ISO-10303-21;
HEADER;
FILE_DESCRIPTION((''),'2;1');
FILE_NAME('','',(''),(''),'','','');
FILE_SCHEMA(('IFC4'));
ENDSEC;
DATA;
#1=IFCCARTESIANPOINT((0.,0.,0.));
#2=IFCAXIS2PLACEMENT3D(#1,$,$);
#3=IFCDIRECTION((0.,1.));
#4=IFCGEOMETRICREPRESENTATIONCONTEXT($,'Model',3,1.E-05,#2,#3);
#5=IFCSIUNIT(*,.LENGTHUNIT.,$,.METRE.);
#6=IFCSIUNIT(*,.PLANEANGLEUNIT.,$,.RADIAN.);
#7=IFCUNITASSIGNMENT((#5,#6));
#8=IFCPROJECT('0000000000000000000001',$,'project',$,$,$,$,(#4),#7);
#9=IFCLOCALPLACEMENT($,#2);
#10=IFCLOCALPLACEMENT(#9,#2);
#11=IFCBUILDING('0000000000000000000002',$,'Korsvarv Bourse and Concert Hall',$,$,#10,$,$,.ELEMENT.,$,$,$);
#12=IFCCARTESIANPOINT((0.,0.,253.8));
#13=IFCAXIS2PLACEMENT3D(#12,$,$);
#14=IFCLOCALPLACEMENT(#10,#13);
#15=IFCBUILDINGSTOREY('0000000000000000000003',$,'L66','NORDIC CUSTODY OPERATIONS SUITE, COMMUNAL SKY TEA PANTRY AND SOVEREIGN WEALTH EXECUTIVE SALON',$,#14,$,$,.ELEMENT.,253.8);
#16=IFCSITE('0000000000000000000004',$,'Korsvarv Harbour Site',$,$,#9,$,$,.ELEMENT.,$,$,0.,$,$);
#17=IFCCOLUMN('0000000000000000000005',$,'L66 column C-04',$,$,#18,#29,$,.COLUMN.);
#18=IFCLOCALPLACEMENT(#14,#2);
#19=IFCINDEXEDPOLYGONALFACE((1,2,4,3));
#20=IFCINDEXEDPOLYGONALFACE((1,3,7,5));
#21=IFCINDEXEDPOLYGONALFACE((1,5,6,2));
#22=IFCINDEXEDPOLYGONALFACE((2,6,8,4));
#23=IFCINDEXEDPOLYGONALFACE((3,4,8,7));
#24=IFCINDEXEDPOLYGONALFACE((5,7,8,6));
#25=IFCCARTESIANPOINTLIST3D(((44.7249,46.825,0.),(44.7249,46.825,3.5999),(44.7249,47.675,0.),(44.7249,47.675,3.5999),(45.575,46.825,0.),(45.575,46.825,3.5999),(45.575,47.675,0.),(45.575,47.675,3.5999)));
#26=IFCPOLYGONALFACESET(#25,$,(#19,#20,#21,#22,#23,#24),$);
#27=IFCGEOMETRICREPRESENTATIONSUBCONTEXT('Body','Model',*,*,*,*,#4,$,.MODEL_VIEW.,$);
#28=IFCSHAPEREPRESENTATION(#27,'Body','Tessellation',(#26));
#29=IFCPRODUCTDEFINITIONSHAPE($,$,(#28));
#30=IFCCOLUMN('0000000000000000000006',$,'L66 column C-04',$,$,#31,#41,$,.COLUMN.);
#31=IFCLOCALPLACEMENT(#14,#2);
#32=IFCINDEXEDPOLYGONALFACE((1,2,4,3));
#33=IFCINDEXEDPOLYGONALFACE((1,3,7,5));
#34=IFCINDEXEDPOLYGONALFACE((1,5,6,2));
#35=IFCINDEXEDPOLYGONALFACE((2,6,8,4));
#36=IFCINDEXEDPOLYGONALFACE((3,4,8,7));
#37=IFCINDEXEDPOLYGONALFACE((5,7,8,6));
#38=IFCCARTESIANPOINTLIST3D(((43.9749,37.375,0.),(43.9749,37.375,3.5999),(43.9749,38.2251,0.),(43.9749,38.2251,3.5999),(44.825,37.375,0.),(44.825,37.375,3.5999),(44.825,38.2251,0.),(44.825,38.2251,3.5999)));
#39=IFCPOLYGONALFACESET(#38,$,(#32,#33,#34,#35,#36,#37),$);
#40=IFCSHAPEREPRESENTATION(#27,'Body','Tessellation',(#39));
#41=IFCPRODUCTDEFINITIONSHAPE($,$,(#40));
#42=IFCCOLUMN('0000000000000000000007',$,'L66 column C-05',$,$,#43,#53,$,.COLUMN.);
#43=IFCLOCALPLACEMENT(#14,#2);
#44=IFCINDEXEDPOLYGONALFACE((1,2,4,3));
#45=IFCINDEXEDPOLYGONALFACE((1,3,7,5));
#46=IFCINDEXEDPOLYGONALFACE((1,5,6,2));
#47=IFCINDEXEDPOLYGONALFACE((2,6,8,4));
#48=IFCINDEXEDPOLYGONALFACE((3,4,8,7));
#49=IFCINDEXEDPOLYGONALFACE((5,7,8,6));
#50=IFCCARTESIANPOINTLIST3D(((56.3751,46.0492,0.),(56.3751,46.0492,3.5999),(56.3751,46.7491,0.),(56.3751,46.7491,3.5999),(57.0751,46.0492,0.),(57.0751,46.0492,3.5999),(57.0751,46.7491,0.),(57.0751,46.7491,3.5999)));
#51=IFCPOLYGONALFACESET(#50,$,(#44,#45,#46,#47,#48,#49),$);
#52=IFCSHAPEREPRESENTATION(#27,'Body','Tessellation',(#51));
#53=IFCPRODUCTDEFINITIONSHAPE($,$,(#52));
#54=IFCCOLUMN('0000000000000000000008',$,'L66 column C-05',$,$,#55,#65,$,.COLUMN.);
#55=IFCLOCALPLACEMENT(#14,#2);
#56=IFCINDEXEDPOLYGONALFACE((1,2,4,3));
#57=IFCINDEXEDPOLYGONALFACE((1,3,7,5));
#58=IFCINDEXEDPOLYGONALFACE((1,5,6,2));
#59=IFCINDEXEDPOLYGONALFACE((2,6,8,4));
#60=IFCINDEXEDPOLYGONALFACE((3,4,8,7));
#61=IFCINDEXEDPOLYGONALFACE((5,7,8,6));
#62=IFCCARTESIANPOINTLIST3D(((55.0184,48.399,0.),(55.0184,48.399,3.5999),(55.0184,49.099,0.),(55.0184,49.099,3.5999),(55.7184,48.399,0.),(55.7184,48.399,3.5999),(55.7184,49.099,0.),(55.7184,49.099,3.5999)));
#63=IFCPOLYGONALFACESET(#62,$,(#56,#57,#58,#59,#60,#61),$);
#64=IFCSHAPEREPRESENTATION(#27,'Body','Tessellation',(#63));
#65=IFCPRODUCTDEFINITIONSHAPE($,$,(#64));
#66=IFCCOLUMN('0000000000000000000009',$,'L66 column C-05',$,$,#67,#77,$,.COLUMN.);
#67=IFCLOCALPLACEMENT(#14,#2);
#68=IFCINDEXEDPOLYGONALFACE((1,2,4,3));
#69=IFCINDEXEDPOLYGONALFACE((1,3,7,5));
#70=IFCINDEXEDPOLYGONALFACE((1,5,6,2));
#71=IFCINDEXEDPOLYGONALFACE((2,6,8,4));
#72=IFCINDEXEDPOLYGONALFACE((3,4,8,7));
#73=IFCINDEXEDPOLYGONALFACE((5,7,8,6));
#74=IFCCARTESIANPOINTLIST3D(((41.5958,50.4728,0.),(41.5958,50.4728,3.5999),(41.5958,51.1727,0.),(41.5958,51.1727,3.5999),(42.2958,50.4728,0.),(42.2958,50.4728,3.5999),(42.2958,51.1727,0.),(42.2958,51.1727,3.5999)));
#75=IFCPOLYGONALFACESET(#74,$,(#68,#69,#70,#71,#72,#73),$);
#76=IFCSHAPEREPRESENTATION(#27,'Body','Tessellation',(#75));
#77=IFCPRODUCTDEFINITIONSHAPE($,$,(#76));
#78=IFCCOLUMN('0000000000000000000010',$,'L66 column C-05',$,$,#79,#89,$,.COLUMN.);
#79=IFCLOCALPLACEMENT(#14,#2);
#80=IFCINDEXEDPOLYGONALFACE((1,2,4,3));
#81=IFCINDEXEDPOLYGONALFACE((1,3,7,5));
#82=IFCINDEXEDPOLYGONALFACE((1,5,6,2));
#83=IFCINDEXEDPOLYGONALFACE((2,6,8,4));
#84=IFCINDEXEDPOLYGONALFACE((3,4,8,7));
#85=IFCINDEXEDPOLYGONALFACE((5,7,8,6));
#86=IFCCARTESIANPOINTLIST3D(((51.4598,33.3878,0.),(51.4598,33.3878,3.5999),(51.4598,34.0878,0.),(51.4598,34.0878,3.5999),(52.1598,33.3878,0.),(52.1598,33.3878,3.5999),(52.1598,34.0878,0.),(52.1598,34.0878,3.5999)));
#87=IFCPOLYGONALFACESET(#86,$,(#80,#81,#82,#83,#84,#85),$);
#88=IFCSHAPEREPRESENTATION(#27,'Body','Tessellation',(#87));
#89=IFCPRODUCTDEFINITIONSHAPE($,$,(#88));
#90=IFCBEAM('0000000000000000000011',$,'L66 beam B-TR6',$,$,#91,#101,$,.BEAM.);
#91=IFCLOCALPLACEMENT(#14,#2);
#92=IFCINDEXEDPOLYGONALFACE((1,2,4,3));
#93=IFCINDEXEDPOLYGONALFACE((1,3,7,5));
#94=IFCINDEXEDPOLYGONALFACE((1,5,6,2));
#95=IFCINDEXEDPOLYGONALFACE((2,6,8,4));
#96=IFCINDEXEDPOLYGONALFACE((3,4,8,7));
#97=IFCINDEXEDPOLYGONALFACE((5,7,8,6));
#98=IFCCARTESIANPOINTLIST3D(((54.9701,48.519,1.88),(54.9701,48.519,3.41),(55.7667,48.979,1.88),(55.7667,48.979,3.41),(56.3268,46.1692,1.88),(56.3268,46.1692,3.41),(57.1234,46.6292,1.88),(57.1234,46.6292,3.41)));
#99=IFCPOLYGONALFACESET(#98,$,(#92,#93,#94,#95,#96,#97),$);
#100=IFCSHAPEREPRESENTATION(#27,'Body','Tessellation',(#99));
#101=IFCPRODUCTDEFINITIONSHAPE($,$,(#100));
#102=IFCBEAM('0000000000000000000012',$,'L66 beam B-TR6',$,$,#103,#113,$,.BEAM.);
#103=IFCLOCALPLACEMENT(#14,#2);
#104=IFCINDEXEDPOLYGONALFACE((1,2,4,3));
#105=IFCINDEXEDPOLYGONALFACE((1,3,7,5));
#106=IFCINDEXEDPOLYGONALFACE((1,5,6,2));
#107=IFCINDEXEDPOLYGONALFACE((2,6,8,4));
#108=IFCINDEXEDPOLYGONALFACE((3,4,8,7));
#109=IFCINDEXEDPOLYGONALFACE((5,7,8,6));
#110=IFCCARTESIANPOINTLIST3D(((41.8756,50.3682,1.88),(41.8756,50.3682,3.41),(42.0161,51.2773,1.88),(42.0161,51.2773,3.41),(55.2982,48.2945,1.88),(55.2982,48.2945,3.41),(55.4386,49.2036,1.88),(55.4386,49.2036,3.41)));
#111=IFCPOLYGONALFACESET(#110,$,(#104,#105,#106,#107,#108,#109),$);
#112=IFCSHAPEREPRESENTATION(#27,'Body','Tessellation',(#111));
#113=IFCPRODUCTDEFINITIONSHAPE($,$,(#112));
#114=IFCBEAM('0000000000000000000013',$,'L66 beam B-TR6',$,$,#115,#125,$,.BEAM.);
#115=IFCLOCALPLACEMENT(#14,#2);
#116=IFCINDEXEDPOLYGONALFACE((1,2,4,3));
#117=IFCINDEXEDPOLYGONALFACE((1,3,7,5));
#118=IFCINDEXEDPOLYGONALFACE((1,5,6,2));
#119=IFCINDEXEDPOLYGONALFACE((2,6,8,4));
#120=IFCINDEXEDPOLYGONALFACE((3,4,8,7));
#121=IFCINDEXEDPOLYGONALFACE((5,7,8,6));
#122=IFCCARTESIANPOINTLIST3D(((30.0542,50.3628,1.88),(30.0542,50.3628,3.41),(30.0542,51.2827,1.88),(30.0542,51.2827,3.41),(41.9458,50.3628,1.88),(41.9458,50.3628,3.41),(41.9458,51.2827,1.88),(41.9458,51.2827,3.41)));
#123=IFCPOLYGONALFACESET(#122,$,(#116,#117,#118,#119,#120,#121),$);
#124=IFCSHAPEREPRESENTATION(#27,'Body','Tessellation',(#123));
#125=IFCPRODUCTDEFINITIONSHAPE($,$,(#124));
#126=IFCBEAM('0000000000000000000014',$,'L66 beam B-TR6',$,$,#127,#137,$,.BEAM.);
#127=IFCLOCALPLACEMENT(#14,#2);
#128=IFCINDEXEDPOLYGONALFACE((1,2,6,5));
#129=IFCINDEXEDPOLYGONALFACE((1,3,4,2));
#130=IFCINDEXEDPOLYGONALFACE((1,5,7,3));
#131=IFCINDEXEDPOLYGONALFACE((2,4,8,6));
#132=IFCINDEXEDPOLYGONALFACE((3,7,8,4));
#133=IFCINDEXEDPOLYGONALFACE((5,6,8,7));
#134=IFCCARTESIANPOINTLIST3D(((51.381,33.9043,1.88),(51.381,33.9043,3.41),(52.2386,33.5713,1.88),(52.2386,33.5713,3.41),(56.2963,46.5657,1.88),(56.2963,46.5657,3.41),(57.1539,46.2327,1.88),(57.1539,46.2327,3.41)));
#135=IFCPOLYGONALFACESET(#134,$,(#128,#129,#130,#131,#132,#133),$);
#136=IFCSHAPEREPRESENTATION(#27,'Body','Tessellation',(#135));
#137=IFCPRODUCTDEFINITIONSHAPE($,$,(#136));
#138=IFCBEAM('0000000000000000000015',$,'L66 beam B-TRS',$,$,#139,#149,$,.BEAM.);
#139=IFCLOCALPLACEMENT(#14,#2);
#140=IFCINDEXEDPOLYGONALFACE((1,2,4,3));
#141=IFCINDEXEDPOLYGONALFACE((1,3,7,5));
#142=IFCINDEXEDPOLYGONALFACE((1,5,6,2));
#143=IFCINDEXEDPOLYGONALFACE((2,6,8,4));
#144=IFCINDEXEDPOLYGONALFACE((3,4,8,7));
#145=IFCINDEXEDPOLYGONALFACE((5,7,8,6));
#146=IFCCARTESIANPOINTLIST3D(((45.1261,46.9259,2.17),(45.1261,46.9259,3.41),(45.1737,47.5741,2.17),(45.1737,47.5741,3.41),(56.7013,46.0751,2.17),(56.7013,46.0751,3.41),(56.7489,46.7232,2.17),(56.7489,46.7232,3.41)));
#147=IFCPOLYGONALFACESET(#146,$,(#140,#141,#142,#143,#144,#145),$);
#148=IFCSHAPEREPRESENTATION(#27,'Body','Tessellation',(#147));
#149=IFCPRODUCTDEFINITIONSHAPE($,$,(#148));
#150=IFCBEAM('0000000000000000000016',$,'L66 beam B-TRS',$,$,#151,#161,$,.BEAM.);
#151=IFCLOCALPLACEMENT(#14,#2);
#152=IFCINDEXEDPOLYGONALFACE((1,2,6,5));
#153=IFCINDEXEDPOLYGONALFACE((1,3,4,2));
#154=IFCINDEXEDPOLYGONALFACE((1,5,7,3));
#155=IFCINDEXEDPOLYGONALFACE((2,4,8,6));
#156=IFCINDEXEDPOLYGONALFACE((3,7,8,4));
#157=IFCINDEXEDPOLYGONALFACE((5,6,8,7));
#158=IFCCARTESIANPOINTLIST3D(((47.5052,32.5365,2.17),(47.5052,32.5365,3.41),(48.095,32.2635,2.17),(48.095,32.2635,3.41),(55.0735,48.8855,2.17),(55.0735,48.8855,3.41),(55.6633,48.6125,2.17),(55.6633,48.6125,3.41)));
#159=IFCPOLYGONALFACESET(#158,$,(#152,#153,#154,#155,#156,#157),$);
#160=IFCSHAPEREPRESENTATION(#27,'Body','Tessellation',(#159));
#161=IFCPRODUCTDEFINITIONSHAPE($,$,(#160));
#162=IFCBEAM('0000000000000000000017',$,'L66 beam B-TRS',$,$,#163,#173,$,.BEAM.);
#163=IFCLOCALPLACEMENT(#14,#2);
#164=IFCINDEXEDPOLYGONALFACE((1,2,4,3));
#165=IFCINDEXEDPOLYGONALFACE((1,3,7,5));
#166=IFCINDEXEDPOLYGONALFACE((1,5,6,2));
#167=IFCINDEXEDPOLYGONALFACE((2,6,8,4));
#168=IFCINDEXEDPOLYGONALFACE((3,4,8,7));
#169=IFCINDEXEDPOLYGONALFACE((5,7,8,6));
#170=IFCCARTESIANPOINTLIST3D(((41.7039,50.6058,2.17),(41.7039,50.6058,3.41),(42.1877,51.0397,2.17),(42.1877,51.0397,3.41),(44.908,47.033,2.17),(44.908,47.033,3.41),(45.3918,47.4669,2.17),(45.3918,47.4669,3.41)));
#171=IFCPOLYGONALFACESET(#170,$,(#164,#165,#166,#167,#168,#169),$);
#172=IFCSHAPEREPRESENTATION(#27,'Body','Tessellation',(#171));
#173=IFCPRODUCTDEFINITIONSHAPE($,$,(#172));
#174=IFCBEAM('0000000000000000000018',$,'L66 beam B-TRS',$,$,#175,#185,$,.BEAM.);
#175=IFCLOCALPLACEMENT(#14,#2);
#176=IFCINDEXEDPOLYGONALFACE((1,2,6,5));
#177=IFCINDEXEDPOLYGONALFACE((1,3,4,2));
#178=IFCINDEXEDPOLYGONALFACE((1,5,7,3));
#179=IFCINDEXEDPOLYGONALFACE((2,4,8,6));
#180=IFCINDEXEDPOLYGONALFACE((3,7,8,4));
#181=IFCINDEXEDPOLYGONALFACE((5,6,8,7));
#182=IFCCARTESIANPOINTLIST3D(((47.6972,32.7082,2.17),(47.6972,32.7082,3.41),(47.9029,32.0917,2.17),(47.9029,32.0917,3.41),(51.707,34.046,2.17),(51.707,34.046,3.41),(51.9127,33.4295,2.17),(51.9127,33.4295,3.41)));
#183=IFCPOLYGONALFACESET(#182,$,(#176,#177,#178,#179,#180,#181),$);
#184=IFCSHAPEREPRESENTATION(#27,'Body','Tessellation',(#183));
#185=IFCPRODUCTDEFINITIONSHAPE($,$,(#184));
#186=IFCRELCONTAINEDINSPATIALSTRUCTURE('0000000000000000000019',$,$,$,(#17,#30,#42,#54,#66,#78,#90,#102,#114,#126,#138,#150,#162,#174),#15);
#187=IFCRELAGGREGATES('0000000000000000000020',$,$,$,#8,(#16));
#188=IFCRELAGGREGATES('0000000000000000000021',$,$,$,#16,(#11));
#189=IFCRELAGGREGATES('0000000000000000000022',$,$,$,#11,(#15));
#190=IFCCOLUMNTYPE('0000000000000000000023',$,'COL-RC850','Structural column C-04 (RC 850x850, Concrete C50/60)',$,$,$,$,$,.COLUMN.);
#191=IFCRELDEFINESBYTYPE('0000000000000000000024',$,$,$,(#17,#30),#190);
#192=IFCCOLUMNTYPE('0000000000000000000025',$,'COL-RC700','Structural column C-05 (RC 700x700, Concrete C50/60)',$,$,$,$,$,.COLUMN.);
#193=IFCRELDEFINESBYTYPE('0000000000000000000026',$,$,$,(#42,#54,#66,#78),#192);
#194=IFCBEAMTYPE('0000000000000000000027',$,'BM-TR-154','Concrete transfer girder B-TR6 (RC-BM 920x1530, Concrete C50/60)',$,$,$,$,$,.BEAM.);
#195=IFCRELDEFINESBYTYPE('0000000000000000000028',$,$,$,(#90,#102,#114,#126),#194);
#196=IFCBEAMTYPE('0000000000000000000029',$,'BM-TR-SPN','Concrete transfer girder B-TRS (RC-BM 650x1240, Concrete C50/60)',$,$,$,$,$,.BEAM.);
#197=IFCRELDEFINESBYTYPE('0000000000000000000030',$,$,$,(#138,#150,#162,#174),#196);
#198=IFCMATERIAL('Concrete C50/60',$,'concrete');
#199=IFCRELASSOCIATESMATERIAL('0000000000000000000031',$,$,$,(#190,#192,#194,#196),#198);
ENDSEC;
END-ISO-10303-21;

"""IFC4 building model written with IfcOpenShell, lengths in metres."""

from ifc_helpers import new_model, si_unit, direction, frame, origin, origin_2d, place, context, subcontext, project, spatial, rectangle, extrude, source, transform, mapped, material, material_profile, profile_set, type_object, element, save


model = new_model("IFC4")

# Units and contexts
model_context = context("Model", 3, precision=1e-05, world=origin(), true_north=direction((0.0, 1.0)))
body_context = subcontext(model_context, "Body", "Model", "MODEL_VIEW")
ifc_project = project(units=[si_unit("LENGTHUNIT", "METRE"), si_unit("PLANEANGLEUNIT", "RADIAN")], contexts=[model_context])

# Site, building, storey
site_placement = place(None, origin())
site = spatial("IfcSite", under=ifc_project, at=site_placement, Name="Korsvarv Harbour Site", CompositionType="ELEMENT", RefElevation=0.0)
building_placement = place(site_placement, origin())
building = spatial("IfcBuilding", under=site, at=building_placement, Name="Korsvarv Bourse and Concert Hall", CompositionType="ELEMENT")
storey_placement = place(building_placement, frame((0.0, 0.0, 253.8)))
storey = spatial("IfcBuildingStorey", under=building, at=storey_placement, Name="L66", Description="NORDIC CUSTODY OPERATIONS SUITE, COMMUNAL SKY TEA PANTRY AND SOVEREIGN WEALTH EXECUTIVE SALON", CompositionType="ELEMENT", Elevation=253.8)

# Columns
ifc_material_1 = material(Name="Concrete C50/60", Category="concrete")
ifc_material_profile_1 = material_profile(ifc_material_1, rectangle(XDim=0.8501, YDim=0.8501, at=origin_2d()), Name="RC 850x850")
ifc_profile_set_1 = profile_set([ifc_material_profile_1], Name="Concrete C50/60")
column_type_1 = type_object("IfcColumnType", Name="COL-RC850", Description="Structural column C-04 (RC 850x850, Concrete C50/60)", PredefinedType="COLUMN", material=ifc_profile_set_1)
shared_shape_1 = source(origin(), body_context, "Body", "SweptSolid", [
    extrude(rectangle(XDim=0.8501, YDim=0.8501, at=origin_2d()), origin(), (0.0, 0.0, 1.0), 3.5999),
])
for number, where, z_axis, x_axis, name in (
    (1, (45.1499, 47.25, 0.0), (0.0, 0.0, 1.0), (1.0, 0.0, 0.0), "L66 column C-04"),
    (2, (44.3999, 37.8, 0.0), (0.0, 0.0, 1.0), (1.0, 0.0, 0.0), "L66 column C-04"),
):
    element("IfcColumn", number, at=place(storey_placement, frame(where, z_axis=z_axis, x_axis=x_axis)), inside=storey, type_object=column_type_1, Name=name, PredefinedType="COLUMN", context=body_context, shape_type="MappedRepresentation", body=[
        mapped(shared_shape_1, transform((0.0, 0.0, 0.0), scale=1.0)),
    ])
ifc_material_profile_2 = material_profile(ifc_material_1, rectangle(XDim=0.7, YDim=0.7, at=origin_2d()), Name="RC 700x700")
ifc_profile_set_2 = profile_set([ifc_material_profile_2], Name="Concrete C50/60")
column_type_2 = type_object("IfcColumnType", Name="COL-RC700", Description="Structural column C-05 (RC 700x700, Concrete C50/60)", PredefinedType="COLUMN", material=ifc_profile_set_2)
shared_shape_2 = source(origin(), body_context, "Body", "SweptSolid", [
    extrude(rectangle(XDim=0.7, YDim=0.7, at=origin_2d()), origin(), (0.0, 0.0, 1.0), 3.5999),
])
for number, where, z_axis, x_axis, name in (
    (3, (56.7251, 46.3992, 0.0), (0.0, 0.0, 1.0), (1.0, 0.0, 0.0), "L66 column C-05"),
    (4, (55.3684, 48.749, 0.0), (0.0, 0.0, 1.0), (1.0, 0.0, 0.0), "L66 column C-05"),
    (5, (41.9458, 50.8228, 0.0), (0.0, 0.0, 1.0), (1.0, 0.0, 0.0), "L66 column C-05"),
    (6, (51.8098, 33.7378, 0.0), (0.0, 0.0, 1.0), (1.0, 0.0, 0.0), "L66 column C-05"),
):
    element("IfcColumn", number, at=place(storey_placement, frame(where, z_axis=z_axis, x_axis=x_axis)), inside=storey, type_object=column_type_2, Name=name, PredefinedType="COLUMN", context=body_context, shape_type="MappedRepresentation", body=[
        mapped(shared_shape_2, transform((0.0, 0.0, 0.0), scale=1.0)),
    ])

# Beams
ifc_material_profile_3 = material_profile(ifc_material_1, rectangle(XDim=0.9199, YDim=1.53, at=origin_2d()), Name="RC-BM 920x1530")
ifc_profile_set_3 = profile_set([ifc_material_profile_3], Name="Concrete C50/60")
beam_type_1 = type_object("IfcBeamType", Name="BM-TR-154", Description="Concrete transfer girder B-TR6 (RC-BM 920x1530, Concrete C50/60)", PredefinedType="BEAM", material=ifc_profile_set_3)
shared_shape_3 = source(origin(), body_context, "Body", "SweptSolid", [
    extrude(rectangle(XDim=0.9199, YDim=1.53, at=origin_2d()), origin(), (0.0, 0.0, 1.0), 2.7134),
])
beam_1_placement = place(storey_placement, frame((56.7251, 46.3992, 2.645), z_axis=(-0.5, 0.866025, 0.0), x_axis=(-0.866025, -0.5, 0.0)))
element("IfcBeam", 7, at=beam_1_placement, inside=storey, type_object=beam_type_1, Name="L66 beam B-TR6", PredefinedType="BEAM", context=body_context, shape_type="MappedRepresentation", body=[
    mapped(shared_shape_3, transform((0.0, 0.0, 0.0), scale=1.0)),
])
shared_shape_4 = source(origin(), body_context, "Body", "SweptSolid", [
    extrude(rectangle(XDim=0.9199, YDim=1.53, at=origin_2d()), origin(), (0.0, 0.0, 1.0), 13.5818),
])
beam_2_placement = place(storey_placement, frame((55.3684, 48.749, 2.645), z_axis=(-0.988275, 0.152684, 0.0), x_axis=(-0.152684, -0.988275, 0.0)))
element("IfcBeam", 8, at=beam_2_placement, inside=storey, type_object=beam_type_1, Name="L66 beam B-TR6", PredefinedType="BEAM", context=body_context, shape_type="MappedRepresentation", body=[
    mapped(shared_shape_4, transform((0.0, 0.0, 0.0), scale=1.0)),
])
shared_shape_5 = source(origin(), body_context, "Body", "SweptSolid", [
    extrude(rectangle(XDim=0.9199, YDim=1.53, at=origin_2d()), origin(), (0.0, 0.0, 1.0), 11.8916),
])
beam_3_placement = place(storey_placement, frame((41.9458, 50.8228, 2.645), z_axis=(-1.0, 0.0, 0.0), x_axis=(0.0, -1.0, 0.0)))
element("IfcBeam", 9, at=beam_3_placement, inside=storey, type_object=beam_type_1, Name="L66 beam B-TR6", PredefinedType="BEAM", context=body_context, shape_type="MappedRepresentation", body=[
    mapped(shared_shape_5, transform((0.0, 0.0, 0.0), scale=1.0)),
])
shared_shape_6 = source(origin(), body_context, "Body", "SweptSolid", [
    extrude(rectangle(XDim=0.9199, YDim=1.53, at=origin_2d()), origin(), (0.0, 0.0, 1.0), 13.582),
])
beam_4_placement = place(storey_placement, frame((51.8098, 33.7378, 2.645), z_axis=(0.361897, 0.932218, 0.0), x_axis=(-0.932218, 0.361897, 0.0)))
element("IfcBeam", 10, at=beam_4_placement, inside=storey, type_object=beam_type_1, Name="L66 beam B-TR6", PredefinedType="BEAM", context=body_context, shape_type="MappedRepresentation", body=[
    mapped(shared_shape_6, transform((0.0, 0.0, 0.0), scale=1.0)),
])
ifc_material_profile_4 = material_profile(ifc_material_1, rectangle(XDim=0.6499, YDim=1.24, at=origin_2d()), Name="RC-BM 650x1240")
ifc_profile_set_4 = profile_set([ifc_material_profile_4], Name="Concrete C50/60")
beam_type_2 = type_object("IfcBeamType", Name="BM-TR-SPN", Description="Concrete transfer girder B-TRS (RC-BM 650x1240, Concrete C50/60)", PredefinedType="BEAM", material=ifc_profile_set_4)
shared_shape_7 = source(origin(), body_context, "Body", "SweptSolid", [
    extrude(rectangle(XDim=0.6499, YDim=1.24, at=origin_2d()), origin(), (0.0, 0.0, 1.0), 11.6064),
])
beam_5_placement = place(storey_placement, frame((56.7251, 46.3992, 2.79), z_axis=(-0.997309, 0.073307, 0.0), x_axis=(-0.073307, -0.997309, 0.0)))
element("IfcBeam", 11, at=beam_5_placement, inside=storey, type_object=beam_type_2, Name="L66 beam B-TRS", PredefinedType="BEAM", context=body_context, shape_type="MappedRepresentation", body=[
    mapped(shared_shape_7, transform((0.0, 0.0, 0.0), scale=1.0)),
])
shared_shape_8 = source(origin(), body_context, "Body", "SweptSolid", [
    extrude(rectangle(XDim=0.6499, YDim=1.24, at=origin_2d()), origin(), (0.0, 0.0, 1.0), 18.0159),
])
beam_6_placement = place(storey_placement, frame((55.3684, 48.749, 2.79), z_axis=(-0.420093, -0.907481, 0.0), x_axis=(0.907481, -0.420093, 0.0)))
element("IfcBeam", 12, at=beam_6_placement, inside=storey, type_object=beam_type_2, Name="L66 beam B-TRS", PredefinedType="BEAM", context=body_context, shape_type="MappedRepresentation", body=[
    mapped(shared_shape_8, transform((0.0, 0.0, 0.0), scale=1.0)),
])
shared_shape_9 = source(origin(), body_context, "Body", "SweptSolid", [
    extrude(rectangle(XDim=0.6499, YDim=1.24, at=origin_2d()), origin(), (0.0, 0.0, 1.0), 4.7991),
])
beam_7_placement = place(storey_placement, frame((41.9458, 50.8228, 2.79), z_axis=(0.667654, -0.744472, 0.0), x_axis=(0.744472, 0.667654, 0.0)))
element("IfcBeam", 13, at=beam_7_placement, inside=storey, type_object=beam_type_2, Name="L66 beam B-TRS", PredefinedType="BEAM", context=body_context, shape_type="MappedRepresentation", body=[
    mapped(shared_shape_9, transform((0.0, 0.0, 0.0), scale=1.0)),
])
shared_shape_10 = source(origin(), body_context, "Body", "SweptSolid", [
    extrude(rectangle(XDim=0.6499, YDim=1.24, at=origin_2d()), origin(), (0.0, 0.0, 1.0), 4.2271),
])
beam_8_placement = place(storey_placement, frame((51.8098, 33.7378, 2.79), z_axis=(-0.948591, -0.316505, 0.0), x_axis=(0.316505, -0.948591, 0.0)))
element("IfcBeam", 14, at=beam_8_placement, inside=storey, type_object=beam_type_2, Name="L66 beam B-TRS", PredefinedType="BEAM", context=body_context, shape_type="MappedRepresentation", body=[
    mapped(shared_shape_10, transform((0.0, 0.0, 0.0), scale=1.0)),
])

save(model, "model.ifc")
